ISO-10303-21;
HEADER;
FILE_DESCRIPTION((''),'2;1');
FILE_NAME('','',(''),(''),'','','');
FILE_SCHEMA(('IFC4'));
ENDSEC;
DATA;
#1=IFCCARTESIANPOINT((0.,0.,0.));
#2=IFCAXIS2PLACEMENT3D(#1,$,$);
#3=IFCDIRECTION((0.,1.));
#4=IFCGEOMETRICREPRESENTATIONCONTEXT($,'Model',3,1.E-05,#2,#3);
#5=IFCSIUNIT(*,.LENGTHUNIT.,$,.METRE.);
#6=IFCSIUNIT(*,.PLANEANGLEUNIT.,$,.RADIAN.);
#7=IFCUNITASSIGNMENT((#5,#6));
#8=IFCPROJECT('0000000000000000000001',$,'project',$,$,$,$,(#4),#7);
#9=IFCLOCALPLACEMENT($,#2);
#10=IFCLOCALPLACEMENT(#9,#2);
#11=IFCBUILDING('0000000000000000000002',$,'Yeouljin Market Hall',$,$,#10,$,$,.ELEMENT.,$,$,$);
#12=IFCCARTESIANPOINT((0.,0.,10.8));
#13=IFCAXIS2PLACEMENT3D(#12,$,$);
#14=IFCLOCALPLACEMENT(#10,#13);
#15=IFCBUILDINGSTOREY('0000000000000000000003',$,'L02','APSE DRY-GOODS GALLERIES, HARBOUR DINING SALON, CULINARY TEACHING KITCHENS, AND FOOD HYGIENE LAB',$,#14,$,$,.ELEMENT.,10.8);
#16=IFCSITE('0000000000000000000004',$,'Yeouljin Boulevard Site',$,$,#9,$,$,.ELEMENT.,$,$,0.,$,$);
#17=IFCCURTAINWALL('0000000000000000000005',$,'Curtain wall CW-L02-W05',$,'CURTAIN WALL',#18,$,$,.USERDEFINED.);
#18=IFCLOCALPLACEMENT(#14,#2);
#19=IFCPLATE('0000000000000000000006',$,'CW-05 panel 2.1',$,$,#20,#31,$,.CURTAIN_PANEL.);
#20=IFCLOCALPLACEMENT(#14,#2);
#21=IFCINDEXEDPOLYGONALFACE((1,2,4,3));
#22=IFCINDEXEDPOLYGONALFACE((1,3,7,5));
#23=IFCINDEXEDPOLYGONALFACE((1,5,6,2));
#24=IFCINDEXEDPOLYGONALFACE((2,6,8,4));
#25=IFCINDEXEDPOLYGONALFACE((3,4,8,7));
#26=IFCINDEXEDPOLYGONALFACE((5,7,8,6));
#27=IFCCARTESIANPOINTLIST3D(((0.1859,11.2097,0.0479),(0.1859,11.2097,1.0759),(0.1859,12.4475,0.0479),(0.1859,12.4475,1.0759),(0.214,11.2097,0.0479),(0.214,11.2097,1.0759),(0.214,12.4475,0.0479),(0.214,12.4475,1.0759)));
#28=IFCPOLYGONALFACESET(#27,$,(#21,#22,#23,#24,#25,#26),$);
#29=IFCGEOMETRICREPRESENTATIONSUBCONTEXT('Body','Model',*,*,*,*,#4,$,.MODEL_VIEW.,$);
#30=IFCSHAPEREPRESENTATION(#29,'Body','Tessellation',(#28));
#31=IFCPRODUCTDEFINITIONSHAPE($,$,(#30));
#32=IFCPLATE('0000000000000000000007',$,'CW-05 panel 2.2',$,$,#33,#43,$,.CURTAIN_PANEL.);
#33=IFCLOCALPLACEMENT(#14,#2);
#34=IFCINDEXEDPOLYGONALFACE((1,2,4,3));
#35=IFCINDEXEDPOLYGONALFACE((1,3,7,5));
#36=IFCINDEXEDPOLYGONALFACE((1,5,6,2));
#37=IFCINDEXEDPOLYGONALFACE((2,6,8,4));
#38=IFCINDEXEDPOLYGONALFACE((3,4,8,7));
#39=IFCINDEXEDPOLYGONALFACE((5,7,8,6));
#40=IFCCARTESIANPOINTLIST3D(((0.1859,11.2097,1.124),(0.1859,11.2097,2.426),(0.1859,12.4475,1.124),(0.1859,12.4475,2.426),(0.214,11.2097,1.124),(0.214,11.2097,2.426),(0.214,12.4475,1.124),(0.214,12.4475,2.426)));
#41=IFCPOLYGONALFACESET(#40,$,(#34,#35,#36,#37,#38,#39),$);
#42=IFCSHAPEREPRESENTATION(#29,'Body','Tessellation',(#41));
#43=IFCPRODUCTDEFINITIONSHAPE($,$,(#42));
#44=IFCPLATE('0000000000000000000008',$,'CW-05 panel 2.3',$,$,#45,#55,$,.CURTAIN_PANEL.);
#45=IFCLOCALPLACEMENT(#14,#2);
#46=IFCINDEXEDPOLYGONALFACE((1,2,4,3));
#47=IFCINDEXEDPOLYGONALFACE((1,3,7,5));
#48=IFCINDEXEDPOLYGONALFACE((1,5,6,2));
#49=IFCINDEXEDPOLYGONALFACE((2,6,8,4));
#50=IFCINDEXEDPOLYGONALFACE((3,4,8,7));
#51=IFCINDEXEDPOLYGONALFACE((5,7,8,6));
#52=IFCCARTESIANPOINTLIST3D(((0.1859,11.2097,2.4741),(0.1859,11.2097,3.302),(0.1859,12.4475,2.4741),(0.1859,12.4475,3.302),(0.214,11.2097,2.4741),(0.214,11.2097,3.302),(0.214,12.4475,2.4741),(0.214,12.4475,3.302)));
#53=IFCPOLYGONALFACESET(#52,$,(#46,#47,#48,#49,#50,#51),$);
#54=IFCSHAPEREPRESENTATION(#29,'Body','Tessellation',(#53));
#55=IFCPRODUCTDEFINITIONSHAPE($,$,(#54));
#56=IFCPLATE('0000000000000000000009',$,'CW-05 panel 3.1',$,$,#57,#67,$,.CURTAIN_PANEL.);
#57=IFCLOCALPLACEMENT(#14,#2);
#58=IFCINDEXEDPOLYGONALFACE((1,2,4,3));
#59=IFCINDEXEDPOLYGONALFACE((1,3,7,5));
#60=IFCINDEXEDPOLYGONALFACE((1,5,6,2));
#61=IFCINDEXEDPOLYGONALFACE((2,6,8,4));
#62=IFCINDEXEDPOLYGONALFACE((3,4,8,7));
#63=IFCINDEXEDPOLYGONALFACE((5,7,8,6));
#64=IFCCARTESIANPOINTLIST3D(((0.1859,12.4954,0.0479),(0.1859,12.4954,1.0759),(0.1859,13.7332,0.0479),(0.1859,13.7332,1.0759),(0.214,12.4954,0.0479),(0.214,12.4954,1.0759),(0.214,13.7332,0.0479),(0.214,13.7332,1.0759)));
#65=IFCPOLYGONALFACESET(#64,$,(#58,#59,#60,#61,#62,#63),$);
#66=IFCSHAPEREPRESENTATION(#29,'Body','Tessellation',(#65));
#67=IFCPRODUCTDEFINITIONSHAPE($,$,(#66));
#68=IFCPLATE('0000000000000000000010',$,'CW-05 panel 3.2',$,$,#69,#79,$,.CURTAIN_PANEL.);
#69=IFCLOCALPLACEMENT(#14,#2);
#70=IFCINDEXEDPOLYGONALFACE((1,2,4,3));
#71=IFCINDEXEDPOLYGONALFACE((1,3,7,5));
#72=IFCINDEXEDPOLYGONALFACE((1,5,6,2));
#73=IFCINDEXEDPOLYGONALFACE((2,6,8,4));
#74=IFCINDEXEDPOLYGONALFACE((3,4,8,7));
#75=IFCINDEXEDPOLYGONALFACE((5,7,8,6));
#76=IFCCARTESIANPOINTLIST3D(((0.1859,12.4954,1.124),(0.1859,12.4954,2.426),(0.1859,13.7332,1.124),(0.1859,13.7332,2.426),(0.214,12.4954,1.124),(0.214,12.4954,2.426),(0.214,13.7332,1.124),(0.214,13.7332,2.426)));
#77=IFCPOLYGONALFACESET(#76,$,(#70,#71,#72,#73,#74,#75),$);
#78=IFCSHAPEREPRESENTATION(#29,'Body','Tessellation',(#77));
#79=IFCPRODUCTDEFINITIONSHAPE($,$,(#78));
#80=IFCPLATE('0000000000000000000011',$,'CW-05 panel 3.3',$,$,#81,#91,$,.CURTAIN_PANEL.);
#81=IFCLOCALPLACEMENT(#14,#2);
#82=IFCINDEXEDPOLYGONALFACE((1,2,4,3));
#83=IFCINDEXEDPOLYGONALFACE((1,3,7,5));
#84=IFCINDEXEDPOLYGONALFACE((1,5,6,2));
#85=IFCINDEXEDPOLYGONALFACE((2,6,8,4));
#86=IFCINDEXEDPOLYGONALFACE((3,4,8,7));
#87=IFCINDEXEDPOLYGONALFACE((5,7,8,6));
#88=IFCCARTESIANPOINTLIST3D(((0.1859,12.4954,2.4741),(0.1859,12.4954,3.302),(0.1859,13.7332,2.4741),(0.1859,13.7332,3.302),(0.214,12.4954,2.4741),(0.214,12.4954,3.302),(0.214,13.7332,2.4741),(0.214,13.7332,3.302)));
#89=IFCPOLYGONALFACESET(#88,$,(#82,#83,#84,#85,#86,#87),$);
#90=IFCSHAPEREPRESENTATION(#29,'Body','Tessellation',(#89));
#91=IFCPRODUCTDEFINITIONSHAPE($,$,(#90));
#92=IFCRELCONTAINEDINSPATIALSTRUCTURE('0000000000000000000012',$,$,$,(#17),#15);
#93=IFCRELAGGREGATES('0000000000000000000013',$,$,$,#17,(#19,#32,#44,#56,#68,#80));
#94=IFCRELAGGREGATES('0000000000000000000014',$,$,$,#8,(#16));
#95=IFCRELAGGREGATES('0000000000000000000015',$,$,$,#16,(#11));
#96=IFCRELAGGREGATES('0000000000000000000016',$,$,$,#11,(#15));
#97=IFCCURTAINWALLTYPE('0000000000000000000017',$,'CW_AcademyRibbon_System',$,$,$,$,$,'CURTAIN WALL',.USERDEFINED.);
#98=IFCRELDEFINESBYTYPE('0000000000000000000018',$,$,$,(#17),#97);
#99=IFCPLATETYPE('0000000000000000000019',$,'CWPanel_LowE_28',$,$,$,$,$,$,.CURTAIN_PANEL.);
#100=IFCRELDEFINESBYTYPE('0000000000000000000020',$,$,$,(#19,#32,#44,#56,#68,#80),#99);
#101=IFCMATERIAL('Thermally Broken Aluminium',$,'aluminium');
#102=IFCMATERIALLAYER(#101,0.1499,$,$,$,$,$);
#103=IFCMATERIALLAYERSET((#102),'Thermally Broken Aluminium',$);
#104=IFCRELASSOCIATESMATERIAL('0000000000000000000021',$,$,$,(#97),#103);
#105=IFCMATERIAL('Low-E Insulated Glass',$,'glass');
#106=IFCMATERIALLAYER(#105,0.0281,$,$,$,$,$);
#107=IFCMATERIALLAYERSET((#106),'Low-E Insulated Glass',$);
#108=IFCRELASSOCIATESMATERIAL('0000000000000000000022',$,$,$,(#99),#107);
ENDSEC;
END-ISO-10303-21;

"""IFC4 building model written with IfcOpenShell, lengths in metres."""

from ifc_helpers import new_model, si_unit, direction, frame, origin, origin_2d, place, context, subcontext, project, spatial, rectangle, extrude, material, layer, layer_set, type_object, element, aggregate, save


model = new_model("IFC4")

# Units and contexts
model_context = context("Model", 3, precision=1e-05, world=origin(), true_north=direction((0.0, 1.0)))
body_context = subcontext(model_context, "Body", "Model", "MODEL_VIEW")
ifc_project = project(units=[si_unit("LENGTHUNIT", "METRE"), si_unit("PLANEANGLEUNIT", "RADIAN")], contexts=[model_context])

# Site, building, storey
site_placement = place(None, origin())
site = spatial("IfcSite", under=ifc_project, at=site_placement, Name="Yeouljin Boulevard Site", CompositionType="ELEMENT", RefElevation=0.0)
building_placement = place(site_placement, origin())
building = spatial("IfcBuilding", under=site, at=building_placement, Name="Yeouljin Market Hall", CompositionType="ELEMENT")
storey_placement = place(building_placement, frame((0.0, 0.0, 10.8)))
storey = spatial("IfcBuildingStorey", under=building, at=storey_placement, Name="L02", Description="APSE DRY-GOODS GALLERIES, HARBOUR DINING SALON, CULINARY TEACHING KITCHENS, AND FOOD HYGIENE LAB", CompositionType="ELEMENT", Elevation=10.8)

# Curtain wall, plates
ifc_material_1 = material(Name="Thermally Broken Aluminium", Category="aluminium")
ifc_layer_1 = layer(ifc_material_1, 0.1499)
ifc_layer_set_1 = layer_set([ifc_layer_1], Name="Thermally Broken Aluminium")
curtain_wall_type = type_object("IfcCurtainWallType", Name="CW_AcademyRibbon_System", ElementType="CURTAIN WALL", PredefinedType="USERDEFINED", material=ifc_layer_set_1)
curtain_wall_placement = place(storey_placement, origin())
curtain_wall = element("IfcCurtainWall", 1, at=curtain_wall_placement, inside=storey, type_object=curtain_wall_type, Name="Curtain wall CW-L02-W05", ObjectType="CURTAIN WALL", PredefinedType="USERDEFINED")
ifc_material_2 = material(Name="Low-E Insulated Glass", Category="glass")
ifc_layer_2 = layer(ifc_material_2, 0.0281)
ifc_layer_set_2 = layer_set([ifc_layer_2], Name="Low-E Insulated Glass")
plate_type = type_object("IfcPlateType", Name="CWPanel_LowE_28", PredefinedType="CURTAIN_PANEL", material=ifc_layer_set_2)
plate_1_placement = place(storey_placement, frame((0.2, 11.8286, 0.0479), z_axis=(0.0, 0.0, 1.0), x_axis=(0.0, 1.0, 0.0)))
plate_1 = element("IfcPlate", 2, at=plate_1_placement, type_object=plate_type, Name="CW-05 panel 2.1", PredefinedType="CURTAIN_PANEL", context=body_context, shape_type="SweptSolid", body=[
    extrude(rectangle(XDim=1.2378, YDim=0.0281, at=origin_2d()), origin(), (0.0, 0.0, 1.0), 1.0281),
])
plate_2_placement = place(storey_placement, frame((0.2, 11.8286, 1.124), z_axis=(0.0, 0.0, 1.0), x_axis=(0.0, 1.0, 0.0)))
plate_2 = element("IfcPlate", 3, at=plate_2_placement, type_object=plate_type, Name="CW-05 panel 2.2", PredefinedType="CURTAIN_PANEL", context=body_context, shape_type="SweptSolid", body=[
    extrude(rectangle(XDim=1.2378, YDim=0.0281, at=origin_2d()), origin(), (0.0, 0.0, 1.0), 1.302),
])
plate_3_placement = place(storey_placement, frame((0.2, 11.8286, 2.4741), z_axis=(0.0, 0.0, 1.0), x_axis=(0.0, 1.0, 0.0)))
plate_3 = element("IfcPlate", 4, at=plate_3_placement, type_object=plate_type, Name="CW-05 panel 2.3", PredefinedType="CURTAIN_PANEL", context=body_context, shape_type="SweptSolid", body=[
    extrude(rectangle(XDim=1.2378, YDim=0.0281, at=origin_2d()), origin(), (0.0, 0.0, 1.0), 0.8279),
])
plate_4_placement = place(storey_placement, frame((0.2, 13.1143, 0.0479), z_axis=(0.0, 0.0, 1.0), x_axis=(0.0, 1.0, 0.0)))
plate_4 = element("IfcPlate", 5, at=plate_4_placement, type_object=plate_type, Name="CW-05 panel 3.1", PredefinedType="CURTAIN_PANEL", context=body_context, shape_type="SweptSolid", body=[
    extrude(rectangle(XDim=1.2378, YDim=0.0281, at=origin_2d()), origin(), (0.0, 0.0, 1.0), 1.0281),
])
plate_5_placement = place(storey_placement, frame((0.2, 13.1143, 1.124), z_axis=(0.0, 0.0, 1.0), x_axis=(0.0, 1.0, 0.0)))
plate_5 = element("IfcPlate", 6, at=plate_5_placement, type_object=plate_type, Name="CW-05 panel 3.2", PredefinedType="CURTAIN_PANEL", context=body_context, shape_type="SweptSolid", body=[
    extrude(rectangle(XDim=1.2378, YDim=0.0281, at=origin_2d()), origin(), (0.0, 0.0, 1.0), 1.302),
])
plate_6_placement = place(storey_placement, frame((0.2, 13.1143, 2.4741), z_axis=(0.0, 0.0, 1.0), x_axis=(0.0, 1.0, 0.0)))
plate_6 = element("IfcPlate", 7, at=plate_6_placement, type_object=plate_type, Name="CW-05 panel 3.3", PredefinedType="CURTAIN_PANEL", context=body_context, shape_type="SweptSolid", body=[
    extrude(rectangle(XDim=1.2378, YDim=0.0281, at=origin_2d()), origin(), (0.0, 0.0, 1.0), 0.8279),
])
aggregate(curtain_wall, [plate_1, plate_2, plate_3, plate_4, plate_5, plate_6])

save(model, "model.ifc")
